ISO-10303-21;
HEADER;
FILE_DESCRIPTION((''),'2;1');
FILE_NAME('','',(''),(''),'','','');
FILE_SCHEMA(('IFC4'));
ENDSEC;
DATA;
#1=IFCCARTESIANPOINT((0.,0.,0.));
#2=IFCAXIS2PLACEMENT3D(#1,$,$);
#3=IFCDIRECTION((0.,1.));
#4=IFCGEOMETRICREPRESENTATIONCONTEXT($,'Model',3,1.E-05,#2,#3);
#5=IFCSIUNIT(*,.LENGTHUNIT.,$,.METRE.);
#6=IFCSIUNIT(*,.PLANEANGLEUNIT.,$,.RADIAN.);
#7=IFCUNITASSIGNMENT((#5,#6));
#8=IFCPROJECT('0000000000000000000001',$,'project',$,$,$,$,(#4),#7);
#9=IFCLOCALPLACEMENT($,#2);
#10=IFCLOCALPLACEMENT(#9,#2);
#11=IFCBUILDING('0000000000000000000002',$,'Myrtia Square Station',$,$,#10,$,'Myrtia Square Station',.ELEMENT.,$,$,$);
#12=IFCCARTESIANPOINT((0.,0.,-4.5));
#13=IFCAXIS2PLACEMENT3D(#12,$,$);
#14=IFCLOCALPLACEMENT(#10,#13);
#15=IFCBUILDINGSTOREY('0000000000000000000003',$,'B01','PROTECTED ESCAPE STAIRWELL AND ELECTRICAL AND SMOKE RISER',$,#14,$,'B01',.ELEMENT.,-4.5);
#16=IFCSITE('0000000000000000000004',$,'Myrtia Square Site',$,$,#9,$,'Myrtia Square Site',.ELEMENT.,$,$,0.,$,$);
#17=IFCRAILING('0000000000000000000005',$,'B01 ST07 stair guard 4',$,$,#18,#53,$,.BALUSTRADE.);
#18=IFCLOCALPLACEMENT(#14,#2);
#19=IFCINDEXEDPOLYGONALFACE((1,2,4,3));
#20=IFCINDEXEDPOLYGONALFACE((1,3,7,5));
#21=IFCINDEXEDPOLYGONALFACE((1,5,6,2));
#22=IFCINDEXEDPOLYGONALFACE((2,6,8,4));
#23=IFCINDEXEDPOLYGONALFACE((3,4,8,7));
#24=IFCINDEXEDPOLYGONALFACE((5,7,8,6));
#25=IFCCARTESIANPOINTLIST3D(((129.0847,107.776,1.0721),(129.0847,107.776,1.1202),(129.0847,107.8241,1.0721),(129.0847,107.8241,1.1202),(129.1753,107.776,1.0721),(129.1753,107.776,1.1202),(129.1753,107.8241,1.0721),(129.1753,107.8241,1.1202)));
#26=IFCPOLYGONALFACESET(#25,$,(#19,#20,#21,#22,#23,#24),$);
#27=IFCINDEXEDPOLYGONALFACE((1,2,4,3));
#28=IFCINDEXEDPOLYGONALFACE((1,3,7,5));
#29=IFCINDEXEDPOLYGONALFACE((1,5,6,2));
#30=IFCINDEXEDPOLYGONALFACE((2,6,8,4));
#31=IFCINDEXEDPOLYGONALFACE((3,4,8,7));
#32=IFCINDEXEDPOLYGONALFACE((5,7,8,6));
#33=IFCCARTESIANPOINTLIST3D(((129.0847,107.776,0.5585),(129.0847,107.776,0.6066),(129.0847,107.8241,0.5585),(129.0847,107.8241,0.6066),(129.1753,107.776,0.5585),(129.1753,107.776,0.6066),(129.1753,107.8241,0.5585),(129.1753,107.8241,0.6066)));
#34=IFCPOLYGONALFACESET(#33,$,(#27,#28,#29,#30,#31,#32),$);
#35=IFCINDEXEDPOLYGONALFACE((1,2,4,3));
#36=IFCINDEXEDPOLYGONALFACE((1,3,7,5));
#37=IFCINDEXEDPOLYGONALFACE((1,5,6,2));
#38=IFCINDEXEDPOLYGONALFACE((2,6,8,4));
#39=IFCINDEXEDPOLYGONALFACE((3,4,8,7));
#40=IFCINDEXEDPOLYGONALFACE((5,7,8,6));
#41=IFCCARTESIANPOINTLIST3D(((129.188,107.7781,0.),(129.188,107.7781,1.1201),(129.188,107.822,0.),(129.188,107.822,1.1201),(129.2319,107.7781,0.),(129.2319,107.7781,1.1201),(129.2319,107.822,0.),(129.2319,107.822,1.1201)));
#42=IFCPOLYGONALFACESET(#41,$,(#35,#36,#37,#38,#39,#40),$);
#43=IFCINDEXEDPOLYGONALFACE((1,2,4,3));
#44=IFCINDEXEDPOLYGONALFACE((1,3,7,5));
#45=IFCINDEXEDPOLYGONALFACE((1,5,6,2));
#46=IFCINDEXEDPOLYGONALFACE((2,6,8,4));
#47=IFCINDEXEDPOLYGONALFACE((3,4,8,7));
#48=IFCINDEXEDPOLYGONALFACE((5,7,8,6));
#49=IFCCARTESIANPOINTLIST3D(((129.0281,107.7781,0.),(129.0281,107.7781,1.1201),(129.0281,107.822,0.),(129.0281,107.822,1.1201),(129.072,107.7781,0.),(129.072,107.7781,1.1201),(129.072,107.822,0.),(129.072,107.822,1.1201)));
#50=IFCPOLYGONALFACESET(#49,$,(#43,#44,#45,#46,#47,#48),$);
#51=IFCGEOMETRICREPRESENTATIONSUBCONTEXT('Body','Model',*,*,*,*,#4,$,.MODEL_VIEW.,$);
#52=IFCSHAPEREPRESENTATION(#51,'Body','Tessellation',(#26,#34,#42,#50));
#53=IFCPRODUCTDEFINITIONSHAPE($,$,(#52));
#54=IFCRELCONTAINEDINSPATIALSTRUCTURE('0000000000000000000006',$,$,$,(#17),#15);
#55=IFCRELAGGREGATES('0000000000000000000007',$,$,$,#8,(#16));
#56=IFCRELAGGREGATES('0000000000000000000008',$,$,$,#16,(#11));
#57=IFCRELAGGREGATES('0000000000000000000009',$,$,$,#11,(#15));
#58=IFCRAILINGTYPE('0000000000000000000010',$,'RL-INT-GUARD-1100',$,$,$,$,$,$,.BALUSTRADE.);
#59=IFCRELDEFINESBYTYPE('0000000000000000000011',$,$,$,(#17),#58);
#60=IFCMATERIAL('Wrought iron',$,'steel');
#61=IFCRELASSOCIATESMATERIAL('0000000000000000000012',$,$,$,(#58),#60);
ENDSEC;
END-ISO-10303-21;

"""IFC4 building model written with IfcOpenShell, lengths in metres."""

from ifc_helpers import new_model, si_unit, direction, frame, origin, origin_2d, place, context, subcontext, project, spatial, rectangle, extrude, material, type_object, element, save


model = new_model("IFC4")

# Units and contexts
model_context = context("Model", 3, precision=1e-05, world=origin(), true_north=direction((0.0, 1.0)))
body_context = subcontext(model_context, "Body", "Model", "MODEL_VIEW")
ifc_project = project(units=[si_unit("LENGTHUNIT", "METRE"), si_unit("PLANEANGLEUNIT", "RADIAN")], contexts=[model_context])

# Site, building, storey
site_placement = place(None, origin())
site = spatial("IfcSite", under=ifc_project, at=site_placement, Name="Myrtia Square Site", LongName="Myrtia Square Site", CompositionType="ELEMENT", RefElevation=0.0)
building_placement = place(site_placement, origin())
building = spatial("IfcBuilding", under=site, at=building_placement, Name="Myrtia Square Station", LongName="Myrtia Square Station", CompositionType="ELEMENT")
storey_placement = place(building_placement, frame((0.0, 0.0, -4.5)))
storey = spatial("IfcBuildingStorey", under=building, at=storey_placement, Name="B01", Description="PROTECTED ESCAPE STAIRWELL AND ELECTRICAL AND SMOKE RISER", LongName="B01", CompositionType="ELEMENT", Elevation=-4.5)

# Railing
ifc_material_1 = material(Name="Wrought iron", Category="steel")
railing_type_1 = type_object("IfcRailingType", Name="RL-INT-GUARD-1100", PredefinedType="BALUSTRADE", material=ifc_material_1)
railing_1_placement = place(storey_placement, frame((129.21, 107.8, 0.0)))
element("IfcRailing", 1, at=railing_1_placement, inside=storey, type_object=railing_type_1, Name="B01 ST07 stair guard 4", PredefinedType="BALUSTRADE", context=body_context, shape_type="SweptSolid", body=[
    extrude(rectangle(XDim=0.0481, YDim=0.0481, at=origin_2d()), frame((-0.0347, 0.0, 1.0962), z_axis=(-1.0, 0.0, 0.0), x_axis=(0.0, -1.0, 0.0)), (0.0, 0.0, 1.0), 0.0906),
    extrude(rectangle(XDim=0.0481, YDim=0.0481, at=origin_2d()), frame((-0.0347, 0.0, 0.5825), z_axis=(-1.0, 0.0, 0.0), x_axis=(0.0, -1.0, 0.0)), (0.0, 0.0, 1.0), 0.0906),
    extrude(rectangle(XDim=0.0439, YDim=0.0439, at=origin_2d()), origin(), (0.0, 0.0, 1.0), 1.1201),
    extrude(rectangle(XDim=0.0439, YDim=0.0439, at=origin_2d()), frame((-0.1599, 0.0, 0.0)), (0.0, 0.0, 1.0), 1.1201),
])

save(model, "model.ifc")
